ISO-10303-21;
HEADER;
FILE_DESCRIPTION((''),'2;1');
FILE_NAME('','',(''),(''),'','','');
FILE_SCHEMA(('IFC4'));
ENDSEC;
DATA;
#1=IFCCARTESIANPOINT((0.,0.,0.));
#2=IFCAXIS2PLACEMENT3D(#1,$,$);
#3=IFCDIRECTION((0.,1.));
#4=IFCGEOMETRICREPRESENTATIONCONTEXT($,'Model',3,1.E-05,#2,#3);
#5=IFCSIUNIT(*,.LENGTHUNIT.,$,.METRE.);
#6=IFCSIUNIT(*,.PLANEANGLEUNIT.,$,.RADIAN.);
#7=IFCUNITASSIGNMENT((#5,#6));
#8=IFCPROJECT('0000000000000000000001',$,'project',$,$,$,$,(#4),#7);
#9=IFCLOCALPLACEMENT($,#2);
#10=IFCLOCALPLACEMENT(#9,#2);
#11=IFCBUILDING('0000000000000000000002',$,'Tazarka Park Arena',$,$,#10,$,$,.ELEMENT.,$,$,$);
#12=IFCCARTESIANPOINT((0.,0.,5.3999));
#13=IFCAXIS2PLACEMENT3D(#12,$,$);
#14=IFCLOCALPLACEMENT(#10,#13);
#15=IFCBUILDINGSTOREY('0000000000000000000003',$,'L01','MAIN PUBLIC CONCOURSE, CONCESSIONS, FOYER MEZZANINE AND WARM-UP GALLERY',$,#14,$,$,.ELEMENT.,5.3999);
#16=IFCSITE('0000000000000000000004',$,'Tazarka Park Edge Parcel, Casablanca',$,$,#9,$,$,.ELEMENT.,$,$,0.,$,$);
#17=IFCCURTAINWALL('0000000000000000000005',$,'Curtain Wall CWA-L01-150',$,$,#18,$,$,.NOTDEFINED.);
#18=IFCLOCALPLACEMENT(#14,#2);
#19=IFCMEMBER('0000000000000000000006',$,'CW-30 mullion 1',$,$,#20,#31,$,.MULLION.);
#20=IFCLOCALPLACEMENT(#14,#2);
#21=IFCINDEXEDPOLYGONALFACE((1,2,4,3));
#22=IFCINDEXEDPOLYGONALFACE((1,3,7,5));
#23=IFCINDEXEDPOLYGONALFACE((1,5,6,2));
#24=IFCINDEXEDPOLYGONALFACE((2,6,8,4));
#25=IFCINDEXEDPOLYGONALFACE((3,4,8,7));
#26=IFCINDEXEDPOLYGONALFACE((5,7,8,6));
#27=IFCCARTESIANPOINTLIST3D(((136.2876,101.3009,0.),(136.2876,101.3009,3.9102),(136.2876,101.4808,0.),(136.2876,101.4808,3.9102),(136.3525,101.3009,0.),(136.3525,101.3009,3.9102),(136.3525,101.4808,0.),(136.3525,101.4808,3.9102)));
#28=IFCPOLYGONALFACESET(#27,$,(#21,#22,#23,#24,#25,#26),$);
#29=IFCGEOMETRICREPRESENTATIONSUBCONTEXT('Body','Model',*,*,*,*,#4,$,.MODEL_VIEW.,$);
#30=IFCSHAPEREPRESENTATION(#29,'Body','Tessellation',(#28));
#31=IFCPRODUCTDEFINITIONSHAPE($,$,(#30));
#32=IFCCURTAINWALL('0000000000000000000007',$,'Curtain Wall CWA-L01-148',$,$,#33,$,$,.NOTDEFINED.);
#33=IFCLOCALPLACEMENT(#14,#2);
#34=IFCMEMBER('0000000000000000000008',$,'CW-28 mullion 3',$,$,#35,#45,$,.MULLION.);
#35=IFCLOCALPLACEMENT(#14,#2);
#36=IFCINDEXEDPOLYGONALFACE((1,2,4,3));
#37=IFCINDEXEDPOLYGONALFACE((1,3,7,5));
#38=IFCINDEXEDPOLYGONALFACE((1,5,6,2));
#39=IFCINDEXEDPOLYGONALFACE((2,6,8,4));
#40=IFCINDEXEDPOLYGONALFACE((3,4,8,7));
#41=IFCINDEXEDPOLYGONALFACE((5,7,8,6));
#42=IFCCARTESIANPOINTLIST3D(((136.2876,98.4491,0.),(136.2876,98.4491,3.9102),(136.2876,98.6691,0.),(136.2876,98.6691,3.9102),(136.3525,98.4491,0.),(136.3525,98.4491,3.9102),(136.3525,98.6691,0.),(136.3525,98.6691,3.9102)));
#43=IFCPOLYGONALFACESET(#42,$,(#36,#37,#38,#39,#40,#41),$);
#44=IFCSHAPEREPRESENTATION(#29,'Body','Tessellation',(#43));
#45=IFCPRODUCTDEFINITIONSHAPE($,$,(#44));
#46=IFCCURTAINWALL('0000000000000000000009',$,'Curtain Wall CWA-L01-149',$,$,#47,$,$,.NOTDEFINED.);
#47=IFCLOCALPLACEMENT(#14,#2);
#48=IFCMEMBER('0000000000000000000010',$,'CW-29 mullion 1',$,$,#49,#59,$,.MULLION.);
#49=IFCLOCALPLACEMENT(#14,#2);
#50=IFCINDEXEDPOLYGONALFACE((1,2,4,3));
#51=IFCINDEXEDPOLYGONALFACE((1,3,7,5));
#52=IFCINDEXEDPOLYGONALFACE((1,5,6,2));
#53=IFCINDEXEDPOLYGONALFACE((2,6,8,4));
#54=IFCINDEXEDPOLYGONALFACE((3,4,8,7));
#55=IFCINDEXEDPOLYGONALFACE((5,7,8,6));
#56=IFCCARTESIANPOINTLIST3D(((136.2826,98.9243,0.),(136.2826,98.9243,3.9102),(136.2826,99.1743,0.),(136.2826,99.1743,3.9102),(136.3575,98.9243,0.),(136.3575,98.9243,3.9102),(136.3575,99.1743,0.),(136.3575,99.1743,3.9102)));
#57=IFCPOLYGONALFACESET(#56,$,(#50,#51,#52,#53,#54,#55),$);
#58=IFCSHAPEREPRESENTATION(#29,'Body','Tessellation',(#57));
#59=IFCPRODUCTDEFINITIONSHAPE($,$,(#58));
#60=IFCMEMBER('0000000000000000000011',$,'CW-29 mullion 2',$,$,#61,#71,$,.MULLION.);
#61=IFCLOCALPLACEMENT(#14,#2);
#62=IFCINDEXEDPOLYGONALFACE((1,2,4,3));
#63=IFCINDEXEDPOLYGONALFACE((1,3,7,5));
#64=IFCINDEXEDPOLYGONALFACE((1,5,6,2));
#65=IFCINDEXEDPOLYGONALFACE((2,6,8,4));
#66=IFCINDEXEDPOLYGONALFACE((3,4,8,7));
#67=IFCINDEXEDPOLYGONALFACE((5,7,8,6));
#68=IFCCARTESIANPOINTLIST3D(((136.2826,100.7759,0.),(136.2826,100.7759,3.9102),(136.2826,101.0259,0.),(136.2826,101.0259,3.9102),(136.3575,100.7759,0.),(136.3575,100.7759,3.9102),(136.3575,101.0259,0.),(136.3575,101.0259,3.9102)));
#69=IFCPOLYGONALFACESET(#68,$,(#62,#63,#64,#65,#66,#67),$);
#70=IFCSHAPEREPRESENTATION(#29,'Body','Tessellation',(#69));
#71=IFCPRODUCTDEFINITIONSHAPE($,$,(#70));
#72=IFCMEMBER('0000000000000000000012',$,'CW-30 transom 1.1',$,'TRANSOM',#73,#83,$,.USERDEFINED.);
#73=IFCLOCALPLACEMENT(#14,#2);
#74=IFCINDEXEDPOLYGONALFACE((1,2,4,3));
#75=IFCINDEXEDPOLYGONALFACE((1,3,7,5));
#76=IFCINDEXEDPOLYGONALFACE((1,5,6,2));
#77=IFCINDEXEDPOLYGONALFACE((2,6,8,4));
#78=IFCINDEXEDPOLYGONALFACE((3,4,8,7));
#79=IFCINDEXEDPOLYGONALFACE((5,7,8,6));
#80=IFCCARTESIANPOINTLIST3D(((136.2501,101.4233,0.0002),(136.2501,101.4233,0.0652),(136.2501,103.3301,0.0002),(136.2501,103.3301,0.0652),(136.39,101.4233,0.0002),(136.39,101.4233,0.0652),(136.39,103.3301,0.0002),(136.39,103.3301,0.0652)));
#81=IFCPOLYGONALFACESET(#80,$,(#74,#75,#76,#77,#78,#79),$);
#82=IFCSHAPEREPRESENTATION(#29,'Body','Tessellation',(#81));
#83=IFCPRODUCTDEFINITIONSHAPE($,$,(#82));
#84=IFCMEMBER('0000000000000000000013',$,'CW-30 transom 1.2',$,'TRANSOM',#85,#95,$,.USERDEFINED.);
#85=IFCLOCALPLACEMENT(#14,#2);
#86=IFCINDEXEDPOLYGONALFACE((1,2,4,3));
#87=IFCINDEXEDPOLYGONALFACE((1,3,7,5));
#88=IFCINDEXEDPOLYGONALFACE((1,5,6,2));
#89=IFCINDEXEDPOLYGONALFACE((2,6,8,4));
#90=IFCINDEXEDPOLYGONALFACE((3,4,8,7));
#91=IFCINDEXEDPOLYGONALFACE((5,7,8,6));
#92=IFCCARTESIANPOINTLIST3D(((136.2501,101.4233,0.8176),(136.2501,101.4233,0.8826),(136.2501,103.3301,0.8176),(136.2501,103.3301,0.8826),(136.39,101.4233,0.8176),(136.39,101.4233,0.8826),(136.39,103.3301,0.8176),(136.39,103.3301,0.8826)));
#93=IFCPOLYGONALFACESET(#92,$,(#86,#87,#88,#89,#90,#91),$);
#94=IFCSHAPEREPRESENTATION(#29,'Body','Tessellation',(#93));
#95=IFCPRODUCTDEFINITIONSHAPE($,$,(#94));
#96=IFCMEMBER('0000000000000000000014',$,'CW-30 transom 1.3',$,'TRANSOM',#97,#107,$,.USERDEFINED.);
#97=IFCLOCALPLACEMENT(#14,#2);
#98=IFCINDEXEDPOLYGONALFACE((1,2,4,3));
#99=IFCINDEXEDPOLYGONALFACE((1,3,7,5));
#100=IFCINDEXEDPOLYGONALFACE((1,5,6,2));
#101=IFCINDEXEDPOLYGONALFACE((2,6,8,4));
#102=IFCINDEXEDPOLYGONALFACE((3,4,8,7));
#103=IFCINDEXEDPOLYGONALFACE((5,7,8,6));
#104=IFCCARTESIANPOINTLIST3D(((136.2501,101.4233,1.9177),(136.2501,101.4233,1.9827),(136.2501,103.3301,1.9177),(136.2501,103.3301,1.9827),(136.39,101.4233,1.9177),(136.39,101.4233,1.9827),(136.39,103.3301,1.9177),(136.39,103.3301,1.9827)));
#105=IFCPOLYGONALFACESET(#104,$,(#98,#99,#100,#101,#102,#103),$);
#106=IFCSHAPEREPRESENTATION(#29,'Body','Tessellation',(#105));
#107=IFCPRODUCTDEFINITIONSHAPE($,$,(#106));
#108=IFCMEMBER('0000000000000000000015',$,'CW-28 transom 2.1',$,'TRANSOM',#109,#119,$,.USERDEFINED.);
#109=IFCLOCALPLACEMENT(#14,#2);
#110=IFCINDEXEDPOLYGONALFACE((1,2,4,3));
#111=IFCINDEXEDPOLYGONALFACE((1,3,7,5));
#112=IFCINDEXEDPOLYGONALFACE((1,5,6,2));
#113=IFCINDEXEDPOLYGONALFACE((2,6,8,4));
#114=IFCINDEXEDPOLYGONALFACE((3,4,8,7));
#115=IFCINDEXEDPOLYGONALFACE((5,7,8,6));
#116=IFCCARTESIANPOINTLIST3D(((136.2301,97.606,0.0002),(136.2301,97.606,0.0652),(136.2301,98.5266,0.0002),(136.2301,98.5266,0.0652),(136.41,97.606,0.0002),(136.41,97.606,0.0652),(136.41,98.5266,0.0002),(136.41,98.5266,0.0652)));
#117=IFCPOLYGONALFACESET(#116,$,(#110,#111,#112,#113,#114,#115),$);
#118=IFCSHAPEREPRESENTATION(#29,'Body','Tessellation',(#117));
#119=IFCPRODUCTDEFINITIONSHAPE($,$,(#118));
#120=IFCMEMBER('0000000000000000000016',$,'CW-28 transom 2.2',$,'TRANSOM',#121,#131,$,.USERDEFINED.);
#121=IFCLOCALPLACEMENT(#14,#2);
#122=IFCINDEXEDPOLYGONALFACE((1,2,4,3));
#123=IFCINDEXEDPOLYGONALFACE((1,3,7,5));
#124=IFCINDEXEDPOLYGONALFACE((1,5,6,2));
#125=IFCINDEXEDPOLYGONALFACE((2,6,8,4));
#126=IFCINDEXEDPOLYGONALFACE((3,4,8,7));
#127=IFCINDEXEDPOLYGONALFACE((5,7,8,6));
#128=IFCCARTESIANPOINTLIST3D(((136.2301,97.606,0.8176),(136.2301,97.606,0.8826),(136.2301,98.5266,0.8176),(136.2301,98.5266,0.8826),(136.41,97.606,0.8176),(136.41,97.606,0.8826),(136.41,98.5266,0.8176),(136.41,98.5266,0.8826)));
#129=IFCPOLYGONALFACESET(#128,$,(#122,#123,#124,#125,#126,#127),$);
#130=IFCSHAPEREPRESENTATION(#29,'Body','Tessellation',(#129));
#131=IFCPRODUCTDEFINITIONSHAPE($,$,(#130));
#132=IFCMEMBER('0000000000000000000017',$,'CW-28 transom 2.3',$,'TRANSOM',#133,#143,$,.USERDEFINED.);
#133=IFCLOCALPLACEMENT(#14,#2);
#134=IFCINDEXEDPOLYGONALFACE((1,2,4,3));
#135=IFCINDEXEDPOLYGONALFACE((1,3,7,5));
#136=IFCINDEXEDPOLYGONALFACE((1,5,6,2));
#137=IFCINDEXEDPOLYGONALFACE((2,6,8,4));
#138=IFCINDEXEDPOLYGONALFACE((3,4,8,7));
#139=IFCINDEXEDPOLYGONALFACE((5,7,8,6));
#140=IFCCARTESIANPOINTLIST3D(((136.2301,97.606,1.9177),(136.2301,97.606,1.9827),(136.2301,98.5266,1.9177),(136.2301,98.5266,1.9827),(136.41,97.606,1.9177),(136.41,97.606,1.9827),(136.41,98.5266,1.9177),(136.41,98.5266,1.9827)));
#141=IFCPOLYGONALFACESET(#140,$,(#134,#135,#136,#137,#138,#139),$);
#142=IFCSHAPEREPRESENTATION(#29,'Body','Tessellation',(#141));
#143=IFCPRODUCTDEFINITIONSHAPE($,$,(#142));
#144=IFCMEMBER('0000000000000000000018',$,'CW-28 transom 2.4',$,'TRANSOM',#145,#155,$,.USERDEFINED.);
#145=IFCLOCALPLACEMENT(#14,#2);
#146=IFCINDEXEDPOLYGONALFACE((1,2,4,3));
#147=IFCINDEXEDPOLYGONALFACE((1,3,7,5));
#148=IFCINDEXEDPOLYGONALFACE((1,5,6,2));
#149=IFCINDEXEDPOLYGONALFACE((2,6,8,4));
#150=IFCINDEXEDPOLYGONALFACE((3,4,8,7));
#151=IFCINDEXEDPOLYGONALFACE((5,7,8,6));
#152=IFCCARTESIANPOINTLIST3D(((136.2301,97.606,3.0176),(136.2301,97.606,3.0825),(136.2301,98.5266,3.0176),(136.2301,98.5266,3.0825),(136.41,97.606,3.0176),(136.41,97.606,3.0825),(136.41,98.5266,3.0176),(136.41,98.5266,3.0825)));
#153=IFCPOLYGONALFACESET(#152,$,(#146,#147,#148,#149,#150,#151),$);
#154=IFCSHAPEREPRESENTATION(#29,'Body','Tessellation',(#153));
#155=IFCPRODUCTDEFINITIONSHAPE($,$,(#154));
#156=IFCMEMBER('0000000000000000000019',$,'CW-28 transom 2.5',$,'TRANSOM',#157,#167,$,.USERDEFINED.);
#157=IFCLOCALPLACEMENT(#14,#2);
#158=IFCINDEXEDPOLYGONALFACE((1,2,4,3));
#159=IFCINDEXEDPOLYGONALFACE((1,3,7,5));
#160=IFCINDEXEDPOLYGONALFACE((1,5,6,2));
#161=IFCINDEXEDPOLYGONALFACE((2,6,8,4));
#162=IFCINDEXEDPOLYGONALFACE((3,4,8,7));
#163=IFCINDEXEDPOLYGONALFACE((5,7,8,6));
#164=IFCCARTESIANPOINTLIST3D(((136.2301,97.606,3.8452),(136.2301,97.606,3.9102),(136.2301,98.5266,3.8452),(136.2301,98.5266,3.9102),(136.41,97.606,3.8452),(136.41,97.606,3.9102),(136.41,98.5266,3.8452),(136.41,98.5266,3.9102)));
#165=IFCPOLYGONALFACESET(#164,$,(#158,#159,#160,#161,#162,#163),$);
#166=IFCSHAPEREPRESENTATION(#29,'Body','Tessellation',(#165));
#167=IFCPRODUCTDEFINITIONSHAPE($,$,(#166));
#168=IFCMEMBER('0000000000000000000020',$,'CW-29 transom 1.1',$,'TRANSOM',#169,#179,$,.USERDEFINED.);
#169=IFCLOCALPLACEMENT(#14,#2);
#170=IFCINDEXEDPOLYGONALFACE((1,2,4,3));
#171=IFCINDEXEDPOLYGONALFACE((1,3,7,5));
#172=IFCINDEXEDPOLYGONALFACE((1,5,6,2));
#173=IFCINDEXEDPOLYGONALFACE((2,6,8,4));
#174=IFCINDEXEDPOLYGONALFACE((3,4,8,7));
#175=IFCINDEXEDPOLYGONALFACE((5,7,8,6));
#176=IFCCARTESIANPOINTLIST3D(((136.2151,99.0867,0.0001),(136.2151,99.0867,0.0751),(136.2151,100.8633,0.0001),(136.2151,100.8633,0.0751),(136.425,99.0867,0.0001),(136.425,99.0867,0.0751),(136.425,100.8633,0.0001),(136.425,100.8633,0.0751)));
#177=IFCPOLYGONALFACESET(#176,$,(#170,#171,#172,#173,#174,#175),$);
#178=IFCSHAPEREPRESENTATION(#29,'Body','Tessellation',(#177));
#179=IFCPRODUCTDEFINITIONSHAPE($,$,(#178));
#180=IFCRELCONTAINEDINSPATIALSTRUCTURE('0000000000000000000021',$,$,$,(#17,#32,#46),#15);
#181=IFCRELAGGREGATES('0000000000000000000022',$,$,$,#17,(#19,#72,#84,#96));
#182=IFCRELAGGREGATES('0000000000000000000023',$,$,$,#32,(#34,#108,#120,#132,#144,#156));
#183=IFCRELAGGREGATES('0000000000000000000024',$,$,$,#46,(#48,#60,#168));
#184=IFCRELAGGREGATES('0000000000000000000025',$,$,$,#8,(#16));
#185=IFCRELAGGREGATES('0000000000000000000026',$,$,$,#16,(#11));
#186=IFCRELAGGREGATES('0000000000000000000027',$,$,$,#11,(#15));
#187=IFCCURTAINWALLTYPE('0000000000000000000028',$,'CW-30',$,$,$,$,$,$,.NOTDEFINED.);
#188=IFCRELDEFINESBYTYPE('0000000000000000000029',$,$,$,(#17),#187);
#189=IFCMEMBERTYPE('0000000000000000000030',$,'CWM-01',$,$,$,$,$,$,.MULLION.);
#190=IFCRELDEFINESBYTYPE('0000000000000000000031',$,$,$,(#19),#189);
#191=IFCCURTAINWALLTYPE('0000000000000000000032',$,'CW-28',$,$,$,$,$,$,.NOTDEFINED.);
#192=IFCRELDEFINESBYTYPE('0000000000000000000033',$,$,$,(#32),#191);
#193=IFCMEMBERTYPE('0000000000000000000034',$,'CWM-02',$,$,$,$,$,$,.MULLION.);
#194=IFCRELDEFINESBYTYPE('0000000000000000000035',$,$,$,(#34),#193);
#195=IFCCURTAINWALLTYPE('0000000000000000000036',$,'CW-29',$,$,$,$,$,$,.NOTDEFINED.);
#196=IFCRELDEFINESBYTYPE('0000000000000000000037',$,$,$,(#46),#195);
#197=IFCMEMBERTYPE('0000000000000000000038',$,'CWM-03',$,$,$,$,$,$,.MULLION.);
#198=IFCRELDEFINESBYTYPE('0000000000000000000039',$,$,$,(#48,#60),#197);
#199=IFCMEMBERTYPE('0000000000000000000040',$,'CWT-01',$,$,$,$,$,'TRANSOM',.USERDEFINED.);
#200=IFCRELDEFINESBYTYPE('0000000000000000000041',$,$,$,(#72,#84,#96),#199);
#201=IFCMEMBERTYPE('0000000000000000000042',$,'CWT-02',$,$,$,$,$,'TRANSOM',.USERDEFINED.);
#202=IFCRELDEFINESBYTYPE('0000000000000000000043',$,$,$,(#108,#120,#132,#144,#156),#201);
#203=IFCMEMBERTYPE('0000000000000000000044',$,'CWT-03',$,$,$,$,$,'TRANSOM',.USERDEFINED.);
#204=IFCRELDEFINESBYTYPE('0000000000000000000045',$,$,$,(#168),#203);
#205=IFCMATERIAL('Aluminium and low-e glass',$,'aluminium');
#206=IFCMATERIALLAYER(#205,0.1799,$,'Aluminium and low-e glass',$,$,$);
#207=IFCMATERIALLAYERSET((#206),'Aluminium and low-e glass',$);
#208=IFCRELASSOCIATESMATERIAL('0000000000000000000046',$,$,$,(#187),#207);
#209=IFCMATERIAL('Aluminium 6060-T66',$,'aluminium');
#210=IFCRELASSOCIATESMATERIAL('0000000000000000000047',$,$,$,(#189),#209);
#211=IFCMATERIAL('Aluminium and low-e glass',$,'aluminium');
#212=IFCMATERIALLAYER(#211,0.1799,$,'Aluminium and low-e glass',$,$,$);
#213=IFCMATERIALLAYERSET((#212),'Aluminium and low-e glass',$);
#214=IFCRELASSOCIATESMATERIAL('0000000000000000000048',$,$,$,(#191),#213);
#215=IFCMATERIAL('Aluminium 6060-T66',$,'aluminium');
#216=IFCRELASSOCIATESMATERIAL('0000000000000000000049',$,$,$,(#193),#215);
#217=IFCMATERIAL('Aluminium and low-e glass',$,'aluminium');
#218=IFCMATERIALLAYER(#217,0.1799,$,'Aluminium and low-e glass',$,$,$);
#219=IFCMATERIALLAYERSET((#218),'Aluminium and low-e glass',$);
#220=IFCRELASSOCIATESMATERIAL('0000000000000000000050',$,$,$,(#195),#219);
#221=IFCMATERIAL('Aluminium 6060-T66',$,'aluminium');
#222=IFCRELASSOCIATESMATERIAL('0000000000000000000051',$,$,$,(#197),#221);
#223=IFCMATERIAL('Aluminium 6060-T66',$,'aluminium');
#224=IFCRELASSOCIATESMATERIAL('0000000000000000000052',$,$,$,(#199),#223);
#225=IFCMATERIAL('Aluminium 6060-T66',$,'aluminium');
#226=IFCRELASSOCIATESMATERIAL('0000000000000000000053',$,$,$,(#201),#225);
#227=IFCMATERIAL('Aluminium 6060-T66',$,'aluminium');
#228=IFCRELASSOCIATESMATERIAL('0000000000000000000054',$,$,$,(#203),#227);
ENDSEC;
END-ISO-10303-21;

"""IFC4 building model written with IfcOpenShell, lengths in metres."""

from ifc_helpers import new_model, si_unit, direction, frame, origin, origin_2d, place, context, subcontext, project, spatial, rectangle, extrude, material, layer, layer_set, material_profile, profile_set, type_object, element, aggregate, save


model = new_model("IFC4")

# Units and contexts
model_context = context("Model", 3, precision=1e-05, world=origin(), true_north=direction((0.0, 1.0)))
body_context = subcontext(model_context, "Body", "Model", "MODEL_VIEW")
ifc_project = project(units=[si_unit("LENGTHUNIT", "METRE"), si_unit("PLANEANGLEUNIT", "RADIAN")], contexts=[model_context])

# Site, building, storey
site_placement = place(None, origin())
site = spatial("IfcSite", under=ifc_project, at=site_placement, Name="Tazarka Park Edge Parcel, Casablanca", CompositionType="ELEMENT", RefElevation=0.0)
building_placement = place(site_placement, origin())
building = spatial("IfcBuilding", under=site, at=building_placement, Name="Tazarka Park Arena", CompositionType="ELEMENT")
storey_placement = place(building_placement, frame((0.0, 0.0, 5.3999)))
storey = spatial("IfcBuildingStorey", under=building, at=storey_placement, Name="L01", Description="MAIN PUBLIC CONCOURSE, CONCESSIONS, FOYER MEZZANINE AND WARM-UP GALLERY", CompositionType="ELEMENT", Elevation=5.3999)

# Curtain walls, members
ifc_material_1 = material(Name="Aluminium and low-e glass", Category="aluminium")
ifc_layer_1 = layer(ifc_material_1, 0.1799, Name="Aluminium and low-e glass")
ifc_layer_set_1 = layer_set([ifc_layer_1], Name="Aluminium and low-e glass")
curtain_wall_type_1 = type_object("IfcCurtainWallType", Name="CW-30", PredefinedType="NOTDEFINED", material=ifc_layer_set_1)
curtain_wall_1_placement = place(storey_placement, origin())
curtain_wall_1 = element("IfcCurtainWall", 1, at=curtain_wall_1_placement, inside=storey, type_object=curtain_wall_type_1, Name="Curtain Wall CWA-L01-150", PredefinedType="NOTDEFINED")
ifc_material_2 = material(Name="Aluminium 6060-T66", Category="aluminium")
ifc_material_profile_1 = material_profile(ifc_material_2, rectangle(XDim=0.0649, YDim=0.1799, at=origin_2d()), Name="Aluminium 6060-T66")
ifc_profile_set_1 = profile_set([ifc_material_profile_1], Name="Aluminium 6060-T66")
member_type_1 = type_object("IfcMemberType", Name="CWM-01", PredefinedType="MULLION", material=ifc_profile_set_1)
member_1_placement = place(storey_placement, frame((136.3201, 101.3909, 0.0), z_axis=(0.0, 0.0, 1.0), x_axis=(-1.0, 0.0, 0.0)))
member_1 = element("IfcMember", 2, at=member_1_placement, type_object=member_type_1, Name="CW-30 mullion 1", PredefinedType="MULLION", context=body_context, shape_type="SweptSolid", body=[
    extrude(rectangle(XDim=0.0649, YDim=0.1799, at=origin_2d()), origin(), (0.0, 0.0, 1.0), 3.9102),
])
ifc_material_3 = material(Name="Aluminium and low-e glass", Category="aluminium")
ifc_layer_2 = layer(ifc_material_3, 0.1799, Name="Aluminium and low-e glass")
ifc_layer_set_2 = layer_set([ifc_layer_2], Name="Aluminium and low-e glass")
curtain_wall_type_2 = type_object("IfcCurtainWallType", Name="CW-28", PredefinedType="NOTDEFINED", material=ifc_layer_set_2)
curtain_wall_2_placement = place(storey_placement, origin())
curtain_wall_2 = element("IfcCurtainWall", 3, at=curtain_wall_2_placement, inside=storey, type_object=curtain_wall_type_2, Name="Curtain Wall CWA-L01-148", PredefinedType="NOTDEFINED")
ifc_material_4 = material(Name="Aluminium 6060-T66", Category="aluminium")
ifc_material_profile_2 = material_profile(ifc_material_4, rectangle(XDim=0.0649, YDim=0.22, at=origin_2d()), Name="Aluminium 6060-T66")
ifc_profile_set_2 = profile_set([ifc_material_profile_2], Name="Aluminium 6060-T66")
member_type_2 = type_object("IfcMemberType", Name="CWM-02", PredefinedType="MULLION", material=ifc_profile_set_2)
member_2_placement = place(storey_placement, frame((136.3201, 98.5591, 0.0), z_axis=(0.0, 0.0, 1.0), x_axis=(-1.0, 0.0, 0.0)))
member_2 = element("IfcMember", 4, at=member_2_placement, type_object=member_type_2, Name="CW-28 mullion 3", PredefinedType="MULLION", context=body_context, shape_type="SweptSolid", body=[
    extrude(rectangle(XDim=0.0649, YDim=0.22, at=origin_2d()), origin(), (0.0, 0.0, 1.0), 3.9102),
])

# Curtain wall, members
ifc_material_5 = material(Name="Aluminium and low-e glass", Category="aluminium")
ifc_layer_3 = layer(ifc_material_5, 0.1799, Name="Aluminium and low-e glass")
ifc_layer_set_3 = layer_set([ifc_layer_3], Name="Aluminium and low-e glass")
curtain_wall_type_3 = type_object("IfcCurtainWallType", Name="CW-29", PredefinedType="NOTDEFINED", material=ifc_layer_set_3)
curtain_wall_3_placement = place(storey_placement, origin())
curtain_wall_3 = element("IfcCurtainWall", 5, at=curtain_wall_3_placement, inside=storey, type_object=curtain_wall_type_3, Name="Curtain Wall CWA-L01-149", PredefinedType="NOTDEFINED")
ifc_material_6 = material(Name="Aluminium 6060-T66", Category="aluminium")
ifc_material_profile_3 = material_profile(ifc_material_6, rectangle(XDim=0.075, YDim=0.25, at=origin_2d()), Name="Aluminium 6060-T66")
ifc_profile_set_3 = profile_set([ifc_material_profile_3], Name="Aluminium 6060-T66")
member_type_3 = type_object("IfcMemberType", Name="CWM-03", PredefinedType="MULLION", material=ifc_profile_set_3)
member_3_placement = place(storey_placement, frame((136.3201, 99.0493, 0.0), z_axis=(0.0, 0.0, 1.0), x_axis=(-1.0, 0.0, 0.0)))
member_3 = element("IfcMember", 6, at=member_3_placement, type_object=member_type_3, Name="CW-29 mullion 1", PredefinedType="MULLION", context=body_context, shape_type="SweptSolid", body=[
    extrude(rectangle(XDim=0.075, YDim=0.25, at=origin_2d()), origin(), (0.0, 0.0, 1.0), 3.9102),
])
member_4_placement = place(storey_placement, frame((136.3201, 100.9009, 0.0), z_axis=(0.0, 0.0, 1.0), x_axis=(-1.0, 0.0, 0.0)))
member_4 = element("IfcMember", 7, at=member_4_placement, type_object=member_type_3, Name="CW-29 mullion 2", PredefinedType="MULLION", context=body_context, shape_type="SweptSolid", body=[
    extrude(rectangle(XDim=0.075, YDim=0.25, at=origin_2d()), origin(), (0.0, 0.0, 1.0), 3.9102),
])

# Members
ifc_material_7 = material(Name="Aluminium 6060-T66", Category="aluminium")
ifc_material_profile_4 = material_profile(ifc_material_7, rectangle(XDim=0.1399, YDim=0.0649, at=origin_2d()), Name="Aluminium 6060-T66")
ifc_profile_set_4 = profile_set([ifc_material_profile_4], Name="Aluminium 6060-T66")
member_type_4 = type_object("IfcMemberType", Name="CWT-01", ElementType="TRANSOM", PredefinedType="USERDEFINED", material=ifc_profile_set_4)
member_5_placement = place(storey_placement, frame((136.3201, 101.4233, 0.0327), z_axis=(0.0, 1.0, 0.0), x_axis=(-1.0, 0.0, 0.0)))
member_5 = element("IfcMember", 8, at=member_5_placement, type_object=member_type_4, Name="CW-30 transom 1.1", ObjectType="TRANSOM", PredefinedType="USERDEFINED", context=body_context, shape_type="SweptSolid", body=[
    extrude(rectangle(XDim=0.1399, YDim=0.0649, at=origin_2d()), origin(), (0.0, 0.0, 1.0), 1.9067),
])
member_6_placement = place(storey_placement, frame((136.3201, 101.4233, 0.8501), z_axis=(0.0, 1.0, 0.0), x_axis=(-1.0, 0.0, 0.0)))
member_6 = element("IfcMember", 9, at=member_6_placement, type_object=member_type_4, Name="CW-30 transom 1.2", ObjectType="TRANSOM", PredefinedType="USERDEFINED", context=body_context, shape_type="SweptSolid", body=[
    extrude(rectangle(XDim=0.1399, YDim=0.0649, at=origin_2d()), origin(), (0.0, 0.0, 1.0), 1.9067),
])
member_7_placement = place(storey_placement, frame((136.3201, 101.4233, 1.9502), z_axis=(0.0, 1.0, 0.0), x_axis=(-1.0, 0.0, 0.0)))
member_7 = element("IfcMember", 10, at=member_7_placement, type_object=member_type_4, Name="CW-30 transom 1.3", ObjectType="TRANSOM", PredefinedType="USERDEFINED", context=body_context, shape_type="SweptSolid", body=[
    extrude(rectangle(XDim=0.1399, YDim=0.0649, at=origin_2d()), origin(), (0.0, 0.0, 1.0), 1.9067),
])
aggregate(curtain_wall_1, [member_1, member_5, member_6, member_7])
ifc_material_8 = material(Name="Aluminium 6060-T66", Category="aluminium")
ifc_material_profile_5 = material_profile(ifc_material_8, rectangle(XDim=0.1799, YDim=0.0649, at=origin_2d()), Name="Aluminium 6060-T66")
ifc_profile_set_5 = profile_set([ifc_material_profile_5], Name="Aluminium 6060-T66")
member_type_5 = type_object("IfcMemberType", Name="CWT-02", ElementType="TRANSOM", PredefinedType="USERDEFINED", material=ifc_profile_set_5)
member_8_placement = place(storey_placement, frame((136.3201, 97.606, 0.0327), z_axis=(0.0, 1.0, 0.0), x_axis=(-1.0, 0.0, 0.0)))
member_8 = element("IfcMember", 11, at=member_8_placement, type_object=member_type_5, Name="CW-28 transom 2.1", ObjectType="TRANSOM", PredefinedType="USERDEFINED", context=body_context, shape_type="SweptSolid", body=[
    extrude(rectangle(XDim=0.1799, YDim=0.0649, at=origin_2d()), origin(), (0.0, 0.0, 1.0), 0.9207),
])
member_9_placement = place(storey_placement, frame((136.3201, 97.606, 0.8501), z_axis=(0.0, 1.0, 0.0), x_axis=(-1.0, 0.0, 0.0)))
member_9 = element("IfcMember", 12, at=member_9_placement, type_object=member_type_5, Name="CW-28 transom 2.2", ObjectType="TRANSOM", PredefinedType="USERDEFINED", context=body_context, shape_type="SweptSolid", body=[
    extrude(rectangle(XDim=0.1799, YDim=0.0649, at=origin_2d()), origin(), (0.0, 0.0, 1.0), 0.9207),
])
member_10_placement = place(storey_placement, frame((136.3201, 97.606, 1.9502), z_axis=(0.0, 1.0, 0.0), x_axis=(-1.0, 0.0, 0.0)))
member_10 = element("IfcMember", 13, at=member_10_placement, type_object=member_type_5, Name="CW-28 transom 2.3", ObjectType="TRANSOM", PredefinedType="USERDEFINED", context=body_context, shape_type="SweptSolid", body=[
    extrude(rectangle(XDim=0.1799, YDim=0.0649, at=origin_2d()), origin(), (0.0, 0.0, 1.0), 0.9207),
])
member_11_placement = place(storey_placement, frame((136.3201, 97.606, 3.05), z_axis=(0.0, 1.0, 0.0), x_axis=(-1.0, 0.0, 0.0)))
member_11 = element("IfcMember", 14, at=member_11_placement, type_object=member_type_5, Name="CW-28 transom 2.4", ObjectType="TRANSOM", PredefinedType="USERDEFINED", context=body_context, shape_type="SweptSolid", body=[
    extrude(rectangle(XDim=0.1799, YDim=0.0649, at=origin_2d()), origin(), (0.0, 0.0, 1.0), 0.9207),
])
member_12_placement = place(storey_placement, frame((136.3201, 97.606, 3.8777), z_axis=(0.0, 1.0, 0.0), x_axis=(-1.0, 0.0, 0.0)))
member_12 = element("IfcMember", 15, at=member_12_placement, type_object=member_type_5, Name="CW-28 transom 2.5", ObjectType="TRANSOM", PredefinedType="USERDEFINED", context=body_context, shape_type="SweptSolid", body=[
    extrude(rectangle(XDim=0.1799, YDim=0.0649, at=origin_2d()), origin(), (0.0, 0.0, 1.0), 0.9207),
])
ifc_material_9 = material(Name="Aluminium 6060-T66", Category="aluminium")
ifc_material_profile_6 = material_profile(ifc_material_9, rectangle(XDim=0.21, YDim=0.075, at=origin_2d()), Name="Aluminium 6060-T66")
ifc_profile_set_6 = profile_set([ifc_material_profile_6], Name="Aluminium 6060-T66")
member_type_6 = type_object("IfcMemberType", Name="CWT-03", ElementType="TRANSOM", PredefinedType="USERDEFINED", material=ifc_profile_set_6)
member_13_placement = place(storey_placement, frame((136.3201, 99.0867, 0.0376), z_axis=(0.0, 1.0, 0.0), x_axis=(-1.0, 0.0, 0.0)))
member_13 = element("IfcMember", 16, at=member_13_placement, type_object=member_type_6, Name="CW-29 transom 1.1", ObjectType="TRANSOM", PredefinedType="USERDEFINED", context=body_context, shape_type="SweptSolid", body=[
    extrude(rectangle(XDim=0.21, YDim=0.075, at=origin_2d()), origin(), (0.0, 0.0, 1.0), 1.7766),
])

aggregate(curtain_wall_2, [member_2, member_8, member_9, member_10, member_11, member_12])
aggregate(curtain_wall_3, [member_3, member_4, member_13])

save(model, "model.ifc")
